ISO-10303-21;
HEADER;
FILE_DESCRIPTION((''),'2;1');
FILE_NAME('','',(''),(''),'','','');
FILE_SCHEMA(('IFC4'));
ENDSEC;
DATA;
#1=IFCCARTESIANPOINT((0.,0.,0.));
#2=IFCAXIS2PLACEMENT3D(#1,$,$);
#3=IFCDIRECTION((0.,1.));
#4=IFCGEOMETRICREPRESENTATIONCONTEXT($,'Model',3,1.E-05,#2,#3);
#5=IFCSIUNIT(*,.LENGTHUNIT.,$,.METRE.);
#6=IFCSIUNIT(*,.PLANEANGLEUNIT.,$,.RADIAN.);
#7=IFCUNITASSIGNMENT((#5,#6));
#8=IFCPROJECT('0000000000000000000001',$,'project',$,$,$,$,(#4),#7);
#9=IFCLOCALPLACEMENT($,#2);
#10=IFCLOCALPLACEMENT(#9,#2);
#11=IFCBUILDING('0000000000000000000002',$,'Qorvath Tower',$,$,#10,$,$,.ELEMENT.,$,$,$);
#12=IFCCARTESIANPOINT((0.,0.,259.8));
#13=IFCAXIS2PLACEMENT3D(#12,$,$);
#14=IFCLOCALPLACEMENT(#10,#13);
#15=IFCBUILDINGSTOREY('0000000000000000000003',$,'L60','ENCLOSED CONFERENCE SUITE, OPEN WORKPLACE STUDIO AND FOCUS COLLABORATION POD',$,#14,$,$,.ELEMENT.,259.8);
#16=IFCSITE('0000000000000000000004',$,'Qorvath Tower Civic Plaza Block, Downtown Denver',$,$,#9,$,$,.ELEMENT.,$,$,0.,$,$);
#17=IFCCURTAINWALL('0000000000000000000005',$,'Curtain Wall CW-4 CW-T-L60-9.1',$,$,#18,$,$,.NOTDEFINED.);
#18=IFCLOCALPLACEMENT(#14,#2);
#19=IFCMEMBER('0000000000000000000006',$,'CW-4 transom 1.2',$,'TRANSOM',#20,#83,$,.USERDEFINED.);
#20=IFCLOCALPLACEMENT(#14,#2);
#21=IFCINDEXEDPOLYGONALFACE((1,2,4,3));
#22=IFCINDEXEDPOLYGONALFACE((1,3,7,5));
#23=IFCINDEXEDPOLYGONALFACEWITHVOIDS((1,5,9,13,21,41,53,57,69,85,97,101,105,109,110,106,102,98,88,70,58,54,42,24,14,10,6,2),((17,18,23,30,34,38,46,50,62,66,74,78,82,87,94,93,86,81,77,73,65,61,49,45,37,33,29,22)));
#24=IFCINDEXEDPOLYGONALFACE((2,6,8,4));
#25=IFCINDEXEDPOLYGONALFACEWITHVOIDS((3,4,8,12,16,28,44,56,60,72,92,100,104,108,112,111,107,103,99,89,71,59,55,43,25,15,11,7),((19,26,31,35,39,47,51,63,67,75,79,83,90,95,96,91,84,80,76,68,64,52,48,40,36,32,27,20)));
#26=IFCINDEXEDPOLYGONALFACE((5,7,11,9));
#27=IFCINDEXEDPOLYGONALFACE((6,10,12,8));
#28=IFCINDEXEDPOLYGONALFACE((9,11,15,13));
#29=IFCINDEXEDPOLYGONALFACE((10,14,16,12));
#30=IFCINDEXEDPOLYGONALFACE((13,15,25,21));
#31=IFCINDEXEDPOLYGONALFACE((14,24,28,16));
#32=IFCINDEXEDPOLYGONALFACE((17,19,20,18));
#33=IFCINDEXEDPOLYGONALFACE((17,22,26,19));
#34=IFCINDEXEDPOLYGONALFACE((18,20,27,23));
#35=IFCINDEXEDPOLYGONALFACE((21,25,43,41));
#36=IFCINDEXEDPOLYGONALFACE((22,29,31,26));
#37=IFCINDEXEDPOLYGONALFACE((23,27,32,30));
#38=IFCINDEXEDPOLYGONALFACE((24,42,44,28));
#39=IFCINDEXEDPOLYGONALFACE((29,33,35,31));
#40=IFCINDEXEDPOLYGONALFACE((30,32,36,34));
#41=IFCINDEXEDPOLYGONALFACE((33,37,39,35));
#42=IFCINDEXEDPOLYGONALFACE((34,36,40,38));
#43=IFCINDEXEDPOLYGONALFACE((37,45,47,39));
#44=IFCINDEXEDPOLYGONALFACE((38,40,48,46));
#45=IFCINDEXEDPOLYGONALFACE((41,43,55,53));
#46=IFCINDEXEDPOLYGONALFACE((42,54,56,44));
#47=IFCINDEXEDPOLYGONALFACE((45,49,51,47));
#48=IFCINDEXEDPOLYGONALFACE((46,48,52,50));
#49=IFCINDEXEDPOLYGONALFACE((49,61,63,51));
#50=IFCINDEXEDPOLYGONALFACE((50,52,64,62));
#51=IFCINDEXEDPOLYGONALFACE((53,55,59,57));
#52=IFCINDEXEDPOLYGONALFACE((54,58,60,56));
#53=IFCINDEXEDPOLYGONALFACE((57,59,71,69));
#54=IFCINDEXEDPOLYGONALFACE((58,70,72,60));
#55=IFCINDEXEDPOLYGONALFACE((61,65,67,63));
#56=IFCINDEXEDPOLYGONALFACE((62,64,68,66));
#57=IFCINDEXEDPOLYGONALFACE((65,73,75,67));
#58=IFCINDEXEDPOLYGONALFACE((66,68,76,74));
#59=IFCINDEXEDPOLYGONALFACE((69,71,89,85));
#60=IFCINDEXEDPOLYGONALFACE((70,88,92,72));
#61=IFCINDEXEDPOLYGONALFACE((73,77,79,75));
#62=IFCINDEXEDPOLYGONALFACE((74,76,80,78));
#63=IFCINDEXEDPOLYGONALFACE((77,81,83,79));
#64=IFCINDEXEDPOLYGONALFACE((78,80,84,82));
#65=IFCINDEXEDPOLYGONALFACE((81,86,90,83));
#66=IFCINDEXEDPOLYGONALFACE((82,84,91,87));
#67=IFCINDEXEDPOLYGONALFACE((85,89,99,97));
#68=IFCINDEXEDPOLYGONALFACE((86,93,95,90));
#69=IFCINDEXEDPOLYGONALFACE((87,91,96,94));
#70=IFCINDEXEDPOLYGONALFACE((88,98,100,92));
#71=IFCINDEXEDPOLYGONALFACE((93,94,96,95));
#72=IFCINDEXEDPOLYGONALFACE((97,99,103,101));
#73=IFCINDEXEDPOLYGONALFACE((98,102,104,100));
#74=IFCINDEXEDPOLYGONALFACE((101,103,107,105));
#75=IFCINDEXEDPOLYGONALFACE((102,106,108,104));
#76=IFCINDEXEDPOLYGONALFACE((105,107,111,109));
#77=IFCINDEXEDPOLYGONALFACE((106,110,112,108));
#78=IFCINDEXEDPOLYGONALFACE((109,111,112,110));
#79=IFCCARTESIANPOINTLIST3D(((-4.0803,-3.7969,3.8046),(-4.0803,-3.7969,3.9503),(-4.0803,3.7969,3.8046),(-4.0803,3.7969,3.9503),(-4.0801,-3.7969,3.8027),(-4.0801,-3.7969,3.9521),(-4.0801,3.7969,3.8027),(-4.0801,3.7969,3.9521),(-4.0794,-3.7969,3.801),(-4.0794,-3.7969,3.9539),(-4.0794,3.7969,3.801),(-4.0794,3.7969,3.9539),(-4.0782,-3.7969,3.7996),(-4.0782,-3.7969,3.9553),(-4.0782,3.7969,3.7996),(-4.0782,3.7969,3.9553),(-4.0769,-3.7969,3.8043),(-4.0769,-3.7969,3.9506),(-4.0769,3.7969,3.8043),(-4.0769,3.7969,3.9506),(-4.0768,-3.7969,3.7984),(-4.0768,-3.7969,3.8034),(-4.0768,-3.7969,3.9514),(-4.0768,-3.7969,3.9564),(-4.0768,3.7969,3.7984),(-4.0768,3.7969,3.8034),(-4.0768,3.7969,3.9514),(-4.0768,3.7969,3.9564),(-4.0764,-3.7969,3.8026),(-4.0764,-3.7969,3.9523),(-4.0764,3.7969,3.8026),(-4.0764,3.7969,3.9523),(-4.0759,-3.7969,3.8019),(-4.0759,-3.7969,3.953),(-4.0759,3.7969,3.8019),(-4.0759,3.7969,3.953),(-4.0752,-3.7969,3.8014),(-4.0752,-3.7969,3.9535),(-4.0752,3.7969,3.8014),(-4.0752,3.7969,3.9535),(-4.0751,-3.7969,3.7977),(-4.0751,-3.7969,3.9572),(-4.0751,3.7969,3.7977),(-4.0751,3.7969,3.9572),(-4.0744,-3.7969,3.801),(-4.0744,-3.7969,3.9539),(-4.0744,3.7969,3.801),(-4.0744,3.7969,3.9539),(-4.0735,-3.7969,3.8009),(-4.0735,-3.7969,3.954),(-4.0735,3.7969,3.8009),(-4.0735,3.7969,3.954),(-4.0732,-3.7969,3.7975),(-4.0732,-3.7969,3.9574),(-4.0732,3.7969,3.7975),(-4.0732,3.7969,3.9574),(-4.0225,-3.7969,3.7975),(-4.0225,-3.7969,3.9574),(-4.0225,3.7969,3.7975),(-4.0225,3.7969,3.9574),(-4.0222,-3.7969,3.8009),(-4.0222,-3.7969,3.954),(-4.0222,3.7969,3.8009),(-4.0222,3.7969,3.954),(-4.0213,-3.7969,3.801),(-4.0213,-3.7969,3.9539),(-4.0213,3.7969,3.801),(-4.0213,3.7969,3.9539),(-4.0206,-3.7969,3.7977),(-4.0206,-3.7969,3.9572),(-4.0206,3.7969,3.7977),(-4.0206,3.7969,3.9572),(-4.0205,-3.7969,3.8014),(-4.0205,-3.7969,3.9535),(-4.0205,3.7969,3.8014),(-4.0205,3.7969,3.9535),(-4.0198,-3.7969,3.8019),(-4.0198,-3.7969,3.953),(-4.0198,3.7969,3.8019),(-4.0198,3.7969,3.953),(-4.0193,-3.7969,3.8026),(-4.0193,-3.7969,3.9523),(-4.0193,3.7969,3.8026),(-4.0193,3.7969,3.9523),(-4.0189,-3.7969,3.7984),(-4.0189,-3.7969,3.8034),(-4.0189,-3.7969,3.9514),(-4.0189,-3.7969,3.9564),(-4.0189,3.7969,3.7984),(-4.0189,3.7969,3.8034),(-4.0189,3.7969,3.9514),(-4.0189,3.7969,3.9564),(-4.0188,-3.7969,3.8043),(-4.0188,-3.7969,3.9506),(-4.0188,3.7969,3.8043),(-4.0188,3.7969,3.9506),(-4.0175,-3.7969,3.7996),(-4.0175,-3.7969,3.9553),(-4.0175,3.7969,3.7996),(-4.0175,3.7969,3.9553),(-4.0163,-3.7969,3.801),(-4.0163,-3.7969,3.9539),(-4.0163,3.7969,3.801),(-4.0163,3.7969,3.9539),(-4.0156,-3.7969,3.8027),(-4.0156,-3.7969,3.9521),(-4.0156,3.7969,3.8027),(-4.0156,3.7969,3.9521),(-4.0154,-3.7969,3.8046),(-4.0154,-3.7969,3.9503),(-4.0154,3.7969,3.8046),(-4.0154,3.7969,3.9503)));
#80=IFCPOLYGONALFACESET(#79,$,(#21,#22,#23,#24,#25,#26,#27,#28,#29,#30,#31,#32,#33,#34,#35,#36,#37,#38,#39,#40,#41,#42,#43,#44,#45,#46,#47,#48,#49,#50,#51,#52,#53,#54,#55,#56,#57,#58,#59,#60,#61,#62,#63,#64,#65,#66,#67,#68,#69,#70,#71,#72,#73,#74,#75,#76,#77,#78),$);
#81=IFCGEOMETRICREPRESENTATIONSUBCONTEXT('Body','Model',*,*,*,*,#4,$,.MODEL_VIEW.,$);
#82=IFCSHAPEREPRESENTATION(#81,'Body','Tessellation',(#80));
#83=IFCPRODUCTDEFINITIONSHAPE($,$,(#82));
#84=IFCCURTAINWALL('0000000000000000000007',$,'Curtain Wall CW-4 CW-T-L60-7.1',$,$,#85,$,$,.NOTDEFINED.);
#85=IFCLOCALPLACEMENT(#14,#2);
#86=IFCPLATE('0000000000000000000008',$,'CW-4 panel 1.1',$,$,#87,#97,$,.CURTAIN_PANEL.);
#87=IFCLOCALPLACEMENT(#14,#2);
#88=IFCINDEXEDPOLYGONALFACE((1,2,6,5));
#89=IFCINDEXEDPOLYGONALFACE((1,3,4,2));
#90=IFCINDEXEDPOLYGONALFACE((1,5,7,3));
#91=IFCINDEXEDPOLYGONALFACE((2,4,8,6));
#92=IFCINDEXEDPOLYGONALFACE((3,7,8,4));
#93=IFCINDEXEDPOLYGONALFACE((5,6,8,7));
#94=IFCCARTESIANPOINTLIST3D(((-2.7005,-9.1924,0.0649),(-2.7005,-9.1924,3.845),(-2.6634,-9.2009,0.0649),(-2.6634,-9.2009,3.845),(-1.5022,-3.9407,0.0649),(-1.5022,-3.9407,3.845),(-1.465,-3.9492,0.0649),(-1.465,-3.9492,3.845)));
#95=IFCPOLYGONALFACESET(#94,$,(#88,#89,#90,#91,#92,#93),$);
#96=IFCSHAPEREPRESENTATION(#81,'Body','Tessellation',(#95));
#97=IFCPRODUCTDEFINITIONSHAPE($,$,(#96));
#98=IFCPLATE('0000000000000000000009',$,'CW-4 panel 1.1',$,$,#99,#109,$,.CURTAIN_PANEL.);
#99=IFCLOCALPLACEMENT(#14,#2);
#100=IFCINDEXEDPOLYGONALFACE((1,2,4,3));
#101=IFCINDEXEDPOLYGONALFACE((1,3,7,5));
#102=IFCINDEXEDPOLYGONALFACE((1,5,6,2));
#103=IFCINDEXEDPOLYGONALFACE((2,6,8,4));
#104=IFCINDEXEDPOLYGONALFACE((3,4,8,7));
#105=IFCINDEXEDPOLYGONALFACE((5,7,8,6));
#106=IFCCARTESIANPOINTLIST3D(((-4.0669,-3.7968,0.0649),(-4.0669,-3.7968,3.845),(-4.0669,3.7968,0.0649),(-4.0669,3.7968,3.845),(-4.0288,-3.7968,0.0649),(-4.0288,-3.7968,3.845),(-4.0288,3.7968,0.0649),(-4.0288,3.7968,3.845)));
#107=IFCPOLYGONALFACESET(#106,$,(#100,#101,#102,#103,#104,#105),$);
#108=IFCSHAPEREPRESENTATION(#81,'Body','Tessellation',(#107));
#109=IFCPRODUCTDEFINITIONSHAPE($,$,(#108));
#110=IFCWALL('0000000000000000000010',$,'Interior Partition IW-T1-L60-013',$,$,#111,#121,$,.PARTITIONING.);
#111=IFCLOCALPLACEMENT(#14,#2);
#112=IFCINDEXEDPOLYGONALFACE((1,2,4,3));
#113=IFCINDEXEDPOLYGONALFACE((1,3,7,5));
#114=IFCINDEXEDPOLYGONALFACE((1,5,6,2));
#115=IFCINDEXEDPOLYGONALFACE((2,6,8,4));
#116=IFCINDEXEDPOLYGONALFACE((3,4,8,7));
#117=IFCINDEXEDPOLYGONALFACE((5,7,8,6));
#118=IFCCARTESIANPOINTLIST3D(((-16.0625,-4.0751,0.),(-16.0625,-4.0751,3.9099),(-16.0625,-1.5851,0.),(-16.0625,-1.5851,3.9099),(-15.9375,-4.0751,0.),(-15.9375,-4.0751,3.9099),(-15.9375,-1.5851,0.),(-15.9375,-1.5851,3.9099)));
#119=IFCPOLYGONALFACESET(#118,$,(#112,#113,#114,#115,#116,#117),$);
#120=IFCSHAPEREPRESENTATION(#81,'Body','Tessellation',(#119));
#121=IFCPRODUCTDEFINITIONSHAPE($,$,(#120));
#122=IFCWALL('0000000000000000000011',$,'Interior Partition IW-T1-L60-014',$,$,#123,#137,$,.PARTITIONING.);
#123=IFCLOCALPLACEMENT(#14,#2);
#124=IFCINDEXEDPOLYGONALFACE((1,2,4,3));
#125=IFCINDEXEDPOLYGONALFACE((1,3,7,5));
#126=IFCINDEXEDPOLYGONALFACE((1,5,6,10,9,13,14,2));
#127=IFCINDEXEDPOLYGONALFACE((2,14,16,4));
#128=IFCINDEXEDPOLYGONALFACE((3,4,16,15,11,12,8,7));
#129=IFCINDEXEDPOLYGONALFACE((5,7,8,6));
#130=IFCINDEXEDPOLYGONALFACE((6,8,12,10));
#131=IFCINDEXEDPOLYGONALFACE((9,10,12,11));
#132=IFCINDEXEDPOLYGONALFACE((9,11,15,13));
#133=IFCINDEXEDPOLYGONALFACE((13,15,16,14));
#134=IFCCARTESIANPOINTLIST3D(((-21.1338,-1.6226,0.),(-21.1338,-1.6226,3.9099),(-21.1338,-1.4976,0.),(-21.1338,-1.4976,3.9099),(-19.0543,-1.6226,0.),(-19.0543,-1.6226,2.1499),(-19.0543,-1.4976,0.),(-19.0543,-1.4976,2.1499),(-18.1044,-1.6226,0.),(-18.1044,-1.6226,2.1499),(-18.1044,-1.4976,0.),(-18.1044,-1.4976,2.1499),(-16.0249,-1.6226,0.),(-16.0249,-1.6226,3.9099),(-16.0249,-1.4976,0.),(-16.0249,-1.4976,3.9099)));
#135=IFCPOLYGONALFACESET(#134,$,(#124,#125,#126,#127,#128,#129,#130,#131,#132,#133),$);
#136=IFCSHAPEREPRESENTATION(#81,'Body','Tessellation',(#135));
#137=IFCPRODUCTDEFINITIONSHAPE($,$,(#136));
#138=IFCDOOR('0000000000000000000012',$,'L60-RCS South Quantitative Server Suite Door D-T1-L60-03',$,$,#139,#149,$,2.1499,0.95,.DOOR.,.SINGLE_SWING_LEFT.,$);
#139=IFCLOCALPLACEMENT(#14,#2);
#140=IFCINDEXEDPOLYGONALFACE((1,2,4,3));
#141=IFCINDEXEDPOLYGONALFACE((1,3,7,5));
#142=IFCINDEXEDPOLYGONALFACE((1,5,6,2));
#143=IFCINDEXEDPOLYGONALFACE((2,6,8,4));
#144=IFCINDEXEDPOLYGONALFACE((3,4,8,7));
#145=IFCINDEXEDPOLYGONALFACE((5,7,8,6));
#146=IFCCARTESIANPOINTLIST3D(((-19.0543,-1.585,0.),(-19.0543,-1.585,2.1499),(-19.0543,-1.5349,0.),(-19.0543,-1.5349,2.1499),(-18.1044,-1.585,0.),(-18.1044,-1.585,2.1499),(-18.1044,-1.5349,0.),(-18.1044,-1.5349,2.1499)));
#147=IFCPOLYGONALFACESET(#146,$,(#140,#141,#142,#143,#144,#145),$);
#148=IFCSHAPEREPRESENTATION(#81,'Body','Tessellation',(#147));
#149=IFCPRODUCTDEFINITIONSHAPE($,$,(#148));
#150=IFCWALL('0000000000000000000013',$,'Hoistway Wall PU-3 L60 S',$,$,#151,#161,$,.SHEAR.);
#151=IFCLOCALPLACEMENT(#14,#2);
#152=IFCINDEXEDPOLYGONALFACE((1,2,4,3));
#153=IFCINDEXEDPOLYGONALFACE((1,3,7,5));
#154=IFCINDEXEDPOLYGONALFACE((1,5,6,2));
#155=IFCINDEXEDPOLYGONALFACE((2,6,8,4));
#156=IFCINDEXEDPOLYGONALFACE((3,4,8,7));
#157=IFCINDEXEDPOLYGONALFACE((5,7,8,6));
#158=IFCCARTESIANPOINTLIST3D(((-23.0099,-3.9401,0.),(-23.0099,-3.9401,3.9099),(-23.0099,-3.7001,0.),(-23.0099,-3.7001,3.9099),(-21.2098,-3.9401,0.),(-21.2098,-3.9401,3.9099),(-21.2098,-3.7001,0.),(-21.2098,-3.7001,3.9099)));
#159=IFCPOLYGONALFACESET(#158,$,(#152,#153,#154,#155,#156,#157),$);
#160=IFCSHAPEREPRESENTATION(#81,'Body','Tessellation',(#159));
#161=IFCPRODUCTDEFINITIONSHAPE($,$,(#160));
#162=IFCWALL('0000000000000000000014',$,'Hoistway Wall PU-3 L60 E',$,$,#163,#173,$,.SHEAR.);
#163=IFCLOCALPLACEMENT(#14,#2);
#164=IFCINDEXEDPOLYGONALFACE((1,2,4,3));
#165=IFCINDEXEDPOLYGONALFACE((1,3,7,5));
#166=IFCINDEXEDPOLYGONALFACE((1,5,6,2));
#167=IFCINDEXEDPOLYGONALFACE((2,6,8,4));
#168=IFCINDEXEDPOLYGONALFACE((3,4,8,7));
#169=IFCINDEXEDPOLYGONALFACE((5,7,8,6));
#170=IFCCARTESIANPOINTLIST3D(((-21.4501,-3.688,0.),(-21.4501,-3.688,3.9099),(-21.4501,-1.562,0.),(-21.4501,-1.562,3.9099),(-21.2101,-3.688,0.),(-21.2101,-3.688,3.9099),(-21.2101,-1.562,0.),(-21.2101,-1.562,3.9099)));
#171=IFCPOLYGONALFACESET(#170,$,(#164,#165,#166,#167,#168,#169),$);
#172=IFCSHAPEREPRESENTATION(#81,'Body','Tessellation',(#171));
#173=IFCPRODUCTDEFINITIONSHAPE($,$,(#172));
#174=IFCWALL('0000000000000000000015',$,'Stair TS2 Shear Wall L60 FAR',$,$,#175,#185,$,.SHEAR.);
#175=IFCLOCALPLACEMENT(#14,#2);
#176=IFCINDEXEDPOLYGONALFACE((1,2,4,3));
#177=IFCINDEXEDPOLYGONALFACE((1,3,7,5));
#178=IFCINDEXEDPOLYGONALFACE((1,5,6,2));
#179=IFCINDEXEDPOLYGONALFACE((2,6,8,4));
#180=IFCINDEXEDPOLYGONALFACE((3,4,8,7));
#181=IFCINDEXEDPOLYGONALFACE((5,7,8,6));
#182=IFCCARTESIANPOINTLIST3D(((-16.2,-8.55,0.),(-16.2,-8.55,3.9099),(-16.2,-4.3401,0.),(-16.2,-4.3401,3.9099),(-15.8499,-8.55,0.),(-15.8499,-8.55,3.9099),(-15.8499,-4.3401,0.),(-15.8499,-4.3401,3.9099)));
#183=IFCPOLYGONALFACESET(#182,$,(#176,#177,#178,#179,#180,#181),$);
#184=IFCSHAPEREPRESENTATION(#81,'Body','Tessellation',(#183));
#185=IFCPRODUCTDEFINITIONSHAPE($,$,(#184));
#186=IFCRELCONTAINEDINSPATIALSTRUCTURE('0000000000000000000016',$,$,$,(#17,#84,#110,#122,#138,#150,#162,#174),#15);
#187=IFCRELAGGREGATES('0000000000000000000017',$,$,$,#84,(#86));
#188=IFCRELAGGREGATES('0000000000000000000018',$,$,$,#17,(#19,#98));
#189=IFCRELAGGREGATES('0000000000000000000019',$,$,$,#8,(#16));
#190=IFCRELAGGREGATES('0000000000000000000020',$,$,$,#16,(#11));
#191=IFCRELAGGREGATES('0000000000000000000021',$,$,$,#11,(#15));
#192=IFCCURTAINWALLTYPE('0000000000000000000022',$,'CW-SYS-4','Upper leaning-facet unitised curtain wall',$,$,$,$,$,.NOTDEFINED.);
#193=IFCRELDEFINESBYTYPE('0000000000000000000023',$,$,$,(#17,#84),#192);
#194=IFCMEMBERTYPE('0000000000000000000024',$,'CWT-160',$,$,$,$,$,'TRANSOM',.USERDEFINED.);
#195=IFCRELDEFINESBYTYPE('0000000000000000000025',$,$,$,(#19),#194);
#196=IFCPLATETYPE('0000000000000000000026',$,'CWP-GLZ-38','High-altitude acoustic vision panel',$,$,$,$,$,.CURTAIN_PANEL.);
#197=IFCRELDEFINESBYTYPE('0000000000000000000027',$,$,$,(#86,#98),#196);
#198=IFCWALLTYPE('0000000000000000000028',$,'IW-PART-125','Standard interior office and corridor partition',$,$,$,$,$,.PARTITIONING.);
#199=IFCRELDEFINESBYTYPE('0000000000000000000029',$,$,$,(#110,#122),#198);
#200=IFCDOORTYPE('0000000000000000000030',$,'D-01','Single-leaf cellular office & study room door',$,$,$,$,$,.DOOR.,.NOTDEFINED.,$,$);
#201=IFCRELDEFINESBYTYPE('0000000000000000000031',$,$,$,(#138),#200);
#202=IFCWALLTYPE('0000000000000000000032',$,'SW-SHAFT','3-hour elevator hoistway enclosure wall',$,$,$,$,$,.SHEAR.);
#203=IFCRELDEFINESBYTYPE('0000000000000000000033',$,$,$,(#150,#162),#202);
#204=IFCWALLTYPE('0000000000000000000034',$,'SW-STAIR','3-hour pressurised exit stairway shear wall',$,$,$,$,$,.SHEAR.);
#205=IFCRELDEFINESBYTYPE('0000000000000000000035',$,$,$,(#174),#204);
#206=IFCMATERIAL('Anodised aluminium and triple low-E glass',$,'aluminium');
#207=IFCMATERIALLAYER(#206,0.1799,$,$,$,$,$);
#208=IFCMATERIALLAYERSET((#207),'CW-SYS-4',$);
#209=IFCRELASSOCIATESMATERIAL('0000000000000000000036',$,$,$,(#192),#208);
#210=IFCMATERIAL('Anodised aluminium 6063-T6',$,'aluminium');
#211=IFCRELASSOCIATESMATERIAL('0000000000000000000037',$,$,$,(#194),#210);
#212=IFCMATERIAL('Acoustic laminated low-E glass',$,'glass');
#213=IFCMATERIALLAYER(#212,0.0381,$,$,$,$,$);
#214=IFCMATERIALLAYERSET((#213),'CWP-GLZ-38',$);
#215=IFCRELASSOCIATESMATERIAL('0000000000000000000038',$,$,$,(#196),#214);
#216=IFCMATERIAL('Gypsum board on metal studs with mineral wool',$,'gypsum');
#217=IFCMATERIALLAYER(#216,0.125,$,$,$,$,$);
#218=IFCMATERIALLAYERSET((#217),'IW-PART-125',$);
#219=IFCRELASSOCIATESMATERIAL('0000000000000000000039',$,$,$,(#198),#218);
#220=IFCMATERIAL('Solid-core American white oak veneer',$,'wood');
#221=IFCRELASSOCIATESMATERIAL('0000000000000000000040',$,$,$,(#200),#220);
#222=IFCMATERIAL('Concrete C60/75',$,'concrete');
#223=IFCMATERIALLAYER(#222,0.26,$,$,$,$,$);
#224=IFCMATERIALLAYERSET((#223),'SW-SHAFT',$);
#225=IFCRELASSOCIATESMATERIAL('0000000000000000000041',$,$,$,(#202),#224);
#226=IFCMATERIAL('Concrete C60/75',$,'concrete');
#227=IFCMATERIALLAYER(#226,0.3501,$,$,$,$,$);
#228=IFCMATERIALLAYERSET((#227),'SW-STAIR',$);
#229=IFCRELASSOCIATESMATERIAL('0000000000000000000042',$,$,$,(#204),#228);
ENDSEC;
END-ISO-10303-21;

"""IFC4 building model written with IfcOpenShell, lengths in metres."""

from ifc_helpers import new_model, si_unit, direction, frame, frame_2d, origin, origin_2d, place, context, subcontext, project, spatial, rectangle, hollow_rectangle, extrude, material, layer, layer_set, material_profile, profile_set, type_object, element, fill, aggregate, save


model = new_model("IFC4")

# Units and contexts
model_context = context("Model", 3, precision=1e-05, world=origin(), true_north=direction((0.0, 1.0)))
body_context = subcontext(model_context, "Body", "Model", "MODEL_VIEW")
ifc_project = project(units=[si_unit("LENGTHUNIT", "METRE"), si_unit("PLANEANGLEUNIT", "RADIAN")], contexts=[model_context])

# Site, building, storey
site_placement = place(None, origin())
site = spatial("IfcSite", under=ifc_project, at=site_placement, Name="Qorvath Tower Civic Plaza Block, Downtown Denver", CompositionType="ELEMENT", RefElevation=0.0)
building_placement = place(site_placement, origin())
building = spatial("IfcBuilding", under=site, at=building_placement, Name="Qorvath Tower", CompositionType="ELEMENT")
storey_placement = place(building_placement, frame((0.0, 0.0, 259.8)))
storey = spatial("IfcBuildingStorey", under=building, at=storey_placement, Name="L60", Description="ENCLOSED CONFERENCE SUITE, OPEN WORKPLACE STUDIO AND FOCUS COLLABORATION POD", CompositionType="ELEMENT", Elevation=259.8)

# Curtain wall, member
ifc_material_1 = material(Name="Anodised aluminium and triple low-E glass", Category="aluminium")
ifc_layer_1 = layer(ifc_material_1, 0.1799)
ifc_layer_set_1 = layer_set([ifc_layer_1], Name="CW-SYS-4")
curtain_wall_type = type_object("IfcCurtainWallType", Name="CW-SYS-4", Description="Upper leaning-facet unitised curtain wall", PredefinedType="NOTDEFINED", material=ifc_layer_set_1)
curtain_wall_1_placement = place(storey_placement, origin())
curtain_wall_1 = element("IfcCurtainWall", 1, at=curtain_wall_1_placement, inside=storey, type_object=curtain_wall_type, Name="Curtain Wall CW-4 CW-T-L60-9.1", PredefinedType="NOTDEFINED")
ifc_material_2 = material(Name="Anodised aluminium 6063-T6", Category="aluminium")
ifc_material_profile_1 = material_profile(ifc_material_2, hollow_rectangle(XDim=0.0649, YDim=0.1599, WallThickness=0.0034, InnerFilletRadius=0.0034, OuterFilletRadius=0.0071, at=origin_2d()), Name="CWT 160x65")
ifc_profile_set_1 = profile_set([ifc_material_profile_1], Name="Anodised aluminium 6063-T6")
member_type_1 = type_object("IfcMemberType", Name="CWT-160", ElementType="TRANSOM", PredefinedType="USERDEFINED", material=ifc_profile_set_1)
member_1_placement = place(storey_placement, frame((-4.0479, -3.7969, 3.8774), z_axis=(0.0, 1.0, 0.0), x_axis=(-1.0, 0.0, 0.0)))
member_1 = element("IfcMember", 2, at=member_1_placement, type_object=member_type_1, Name="CW-4 transom 1.2", ObjectType="TRANSOM", PredefinedType="USERDEFINED", context=body_context, shape_type="SweptSolid", body=[
    extrude(hollow_rectangle(XDim=0.0649, YDim=0.1599, WallThickness=0.0034, InnerFilletRadius=0.0034, OuterFilletRadius=0.0071, at=origin_2d()), origin(), (0.0, 0.0, 1.0), 7.5938),
])

# Curtain wall, plate
curtain_wall_2_placement = place(storey_placement, origin())
curtain_wall_2 = element("IfcCurtainWall", 3, at=curtain_wall_2_placement, inside=storey, type_object=curtain_wall_type, Name="Curtain Wall CW-4 CW-T-L60-7.1", PredefinedType="NOTDEFINED")
ifc_material_3 = material(Name="Acoustic laminated low-E glass", Category="glass")
ifc_layer_2 = layer(ifc_material_3, 0.0381)
ifc_layer_set_2 = layer_set([ifc_layer_2], Name="CWP-GLZ-38")
plate_type = type_object("IfcPlateType", Name="CWP-GLZ-38", Description="High-altitude acoustic vision panel", PredefinedType="CURTAIN_PANEL", material=ifc_layer_set_2)
plate_1_placement = place(storey_placement, frame((-2.0828, -6.5708, 0.0649), z_axis=(0.0, 0.0, 1.0), x_axis=(0.222459, 0.974942, 0.0)))
plate_1 = element("IfcPlate", 4, at=plate_1_placement, type_object=plate_type, Name="CW-4 panel 1.1", PredefinedType="CURTAIN_PANEL", context=body_context, shape_type="SweptSolid", body=[
    extrude(rectangle(XDim=5.3867, YDim=0.0381, at=origin_2d()), origin(), (0.0, 0.0, 1.0), 3.78),
])
aggregate(curtain_wall_2, [plate_1])

# Plate
plate_2_placement = place(storey_placement, frame((-4.0479, 0.0, 0.0649), z_axis=(0.0, 0.0, 1.0), x_axis=(0.0, 1.0, 0.0)))
plate_2 = element("IfcPlate", 5, at=plate_2_placement, type_object=plate_type, Name="CW-4 panel 1.1", PredefinedType="CURTAIN_PANEL", context=body_context, shape_type="SweptSolid", body=[
    extrude(rectangle(XDim=7.5935, YDim=0.0381, at=origin_2d()), origin(), (0.0, 0.0, 1.0), 3.78),
])
aggregate(curtain_wall_1, [member_1, plate_2])

# Wall
ifc_material_4 = material(Name="Gypsum board on metal studs with mineral wool", Category="gypsum")
ifc_layer_3 = layer(ifc_material_4, 0.125)
ifc_layer_set_3 = layer_set([ifc_layer_3], Name="IW-PART-125")
wall_type_1 = type_object("IfcWallType", Name="IW-PART-125", Description="Standard interior office and corridor partition", PredefinedType="PARTITIONING", material=ifc_layer_set_3)
wall_1_placement = place(storey_placement, frame((-16.0, -4.0752, 0.0), z_axis=(0.0, 0.0, 1.0), x_axis=(0.0, 1.0, 0.0)))
element("IfcWall", 6, at=wall_1_placement, inside=storey, type_object=wall_type_1, Name="Interior Partition IW-T1-L60-013", PredefinedType="PARTITIONING", context=body_context, shape_type="SweptSolid", body=[
    extrude(rectangle(XDim=2.49, YDim=0.125, at=frame_2d((1.2451, 0.0))), origin(), (0.0, 0.0, 1.0), 3.9099),
])

# Wall, opening, door
wall_2_placement = place(storey_placement, frame((-16.0249, -1.5601, 0.0), z_axis=(0.0, 0.0, 1.0), x_axis=(-1.0, 0.0, 0.0)))
wall_2 = element("IfcWall", 7, at=wall_2_placement, inside=storey, type_object=wall_type_1, Name="Interior Partition IW-T1-L60-014", PredefinedType="PARTITIONING", context=body_context, shape_type="SweptSolid", body=[
    extrude(rectangle(XDim=5.1089, YDim=0.125, at=frame_2d((2.5544, 0.0))), origin(), (0.0, 0.0, 1.0), 3.9099),
])
opening_placement = place(wall_2_placement, frame((2.0793, 0.0, 0.0)))
opening = element("IfcOpeningElement", 8, at=opening_placement, cuts=wall_2, PredefinedType="OPENING", context=body_context, shape_type="SweptSolid", body=[
    extrude(rectangle(XDim=0.95, YDim=2.1499, at=frame_2d((0.4751, 1.075))), frame((0.0, 0.0725, 0.0), z_axis=(0.0, -1.0, 0.0), x_axis=(1.0, 0.0, 0.0)), (0.0, 0.0, 1.0), 0.145),
])
ifc_material_5 = material(Name="Solid-core American white oak veneer", Category="wood")
door_type = type_object("IfcDoorType", Name="D-01", Description="Single-leaf cellular office & study room door", OperationType="NOTDEFINED", PredefinedType="DOOR", material=ifc_material_5)
door_placement = place(opening_placement, origin())
door = element("IfcDoor", 9, at=door_placement, inside=storey, type_object=door_type, Name="L60-RCS South Quantitative Server Suite Door D-T1-L60-03", OperationType="SINGLE_SWING_LEFT", OverallHeight=2.1499, OverallWidth=0.95, PredefinedType="DOOR", context=body_context, shape_type="SweptSolid", body=[
    extrude(rectangle(XDim=0.95, YDim=2.1499, at=frame_2d((0.4751, 1.075))), frame((0.0, 0.0249, 0.0), z_axis=(0.0, -1.0, 0.0), x_axis=(1.0, 0.0, 0.0)), (0.0, 0.0, 1.0), 0.05),
])
fill(opening, door)

# Walls
ifc_material_6 = material(Name="Concrete C60/75", Category="concrete")
ifc_layer_4 = layer(ifc_material_6, 0.26)
ifc_layer_set_4 = layer_set([ifc_layer_4], Name="SW-SHAFT")
wall_type_2 = type_object("IfcWallType", Name="SW-SHAFT", Description="3-hour elevator hoistway enclosure wall", PredefinedType="SHEAR", material=ifc_layer_set_4)
wall_3_placement = place(storey_placement, frame((-21.21, -3.8201, 0.0), z_axis=(0.0, 0.0, 1.0), x_axis=(-1.0, 0.0, 0.0)))
element("IfcWall", 10, at=wall_3_placement, inside=storey, type_object=wall_type_2, Name="Hoistway Wall PU-3 L60 S", PredefinedType="SHEAR", context=body_context, shape_type="SweptSolid", body=[
    extrude(rectangle(XDim=1.8, YDim=0.24, at=frame_2d((0.8999, 0.0))), origin(), (0.0, 0.0, 1.0), 3.9099),
])
wall_4_placement = place(storey_placement, frame((-21.3301, -1.562, 0.0), z_axis=(0.0, 0.0, 1.0), x_axis=(0.0, -1.0, 0.0)))
element("IfcWall", 11, at=wall_4_placement, inside=storey, type_object=wall_type_2, Name="Hoistway Wall PU-3 L60 E", PredefinedType="SHEAR", context=body_context, shape_type="SweptSolid", body=[
    extrude(rectangle(XDim=2.126, YDim=0.24, at=frame_2d((1.063, 0.0))), origin(), (0.0, 0.0, 1.0), 3.9099),
])
ifc_material_7 = material(Name="Concrete C60/75", Category="concrete")
ifc_layer_5 = layer(ifc_material_7, 0.3501)
ifc_layer_set_5 = layer_set([ifc_layer_5], Name="SW-STAIR")
wall_type_3 = type_object("IfcWallType", Name="SW-STAIR", Description="3-hour pressurised exit stairway shear wall", PredefinedType="SHEAR", material=ifc_layer_set_5)
wall_5_placement = place(storey_placement, frame((-16.0249, -8.55, 0.0), z_axis=(0.0, 0.0, 1.0), x_axis=(0.0, 1.0, 0.0)))
element("IfcWall", 12, at=wall_5_placement, inside=storey, type_object=wall_type_3, Name="Stair TS2 Shear Wall L60 FAR", PredefinedType="SHEAR", context=body_context, shape_type="SweptSolid", body=[
    extrude(rectangle(XDim=4.21, YDim=0.3501, at=frame_2d((2.105, 0.0))), origin(), (0.0, 0.0, 1.0), 3.9099),
])

save(model, "model.ifc")
